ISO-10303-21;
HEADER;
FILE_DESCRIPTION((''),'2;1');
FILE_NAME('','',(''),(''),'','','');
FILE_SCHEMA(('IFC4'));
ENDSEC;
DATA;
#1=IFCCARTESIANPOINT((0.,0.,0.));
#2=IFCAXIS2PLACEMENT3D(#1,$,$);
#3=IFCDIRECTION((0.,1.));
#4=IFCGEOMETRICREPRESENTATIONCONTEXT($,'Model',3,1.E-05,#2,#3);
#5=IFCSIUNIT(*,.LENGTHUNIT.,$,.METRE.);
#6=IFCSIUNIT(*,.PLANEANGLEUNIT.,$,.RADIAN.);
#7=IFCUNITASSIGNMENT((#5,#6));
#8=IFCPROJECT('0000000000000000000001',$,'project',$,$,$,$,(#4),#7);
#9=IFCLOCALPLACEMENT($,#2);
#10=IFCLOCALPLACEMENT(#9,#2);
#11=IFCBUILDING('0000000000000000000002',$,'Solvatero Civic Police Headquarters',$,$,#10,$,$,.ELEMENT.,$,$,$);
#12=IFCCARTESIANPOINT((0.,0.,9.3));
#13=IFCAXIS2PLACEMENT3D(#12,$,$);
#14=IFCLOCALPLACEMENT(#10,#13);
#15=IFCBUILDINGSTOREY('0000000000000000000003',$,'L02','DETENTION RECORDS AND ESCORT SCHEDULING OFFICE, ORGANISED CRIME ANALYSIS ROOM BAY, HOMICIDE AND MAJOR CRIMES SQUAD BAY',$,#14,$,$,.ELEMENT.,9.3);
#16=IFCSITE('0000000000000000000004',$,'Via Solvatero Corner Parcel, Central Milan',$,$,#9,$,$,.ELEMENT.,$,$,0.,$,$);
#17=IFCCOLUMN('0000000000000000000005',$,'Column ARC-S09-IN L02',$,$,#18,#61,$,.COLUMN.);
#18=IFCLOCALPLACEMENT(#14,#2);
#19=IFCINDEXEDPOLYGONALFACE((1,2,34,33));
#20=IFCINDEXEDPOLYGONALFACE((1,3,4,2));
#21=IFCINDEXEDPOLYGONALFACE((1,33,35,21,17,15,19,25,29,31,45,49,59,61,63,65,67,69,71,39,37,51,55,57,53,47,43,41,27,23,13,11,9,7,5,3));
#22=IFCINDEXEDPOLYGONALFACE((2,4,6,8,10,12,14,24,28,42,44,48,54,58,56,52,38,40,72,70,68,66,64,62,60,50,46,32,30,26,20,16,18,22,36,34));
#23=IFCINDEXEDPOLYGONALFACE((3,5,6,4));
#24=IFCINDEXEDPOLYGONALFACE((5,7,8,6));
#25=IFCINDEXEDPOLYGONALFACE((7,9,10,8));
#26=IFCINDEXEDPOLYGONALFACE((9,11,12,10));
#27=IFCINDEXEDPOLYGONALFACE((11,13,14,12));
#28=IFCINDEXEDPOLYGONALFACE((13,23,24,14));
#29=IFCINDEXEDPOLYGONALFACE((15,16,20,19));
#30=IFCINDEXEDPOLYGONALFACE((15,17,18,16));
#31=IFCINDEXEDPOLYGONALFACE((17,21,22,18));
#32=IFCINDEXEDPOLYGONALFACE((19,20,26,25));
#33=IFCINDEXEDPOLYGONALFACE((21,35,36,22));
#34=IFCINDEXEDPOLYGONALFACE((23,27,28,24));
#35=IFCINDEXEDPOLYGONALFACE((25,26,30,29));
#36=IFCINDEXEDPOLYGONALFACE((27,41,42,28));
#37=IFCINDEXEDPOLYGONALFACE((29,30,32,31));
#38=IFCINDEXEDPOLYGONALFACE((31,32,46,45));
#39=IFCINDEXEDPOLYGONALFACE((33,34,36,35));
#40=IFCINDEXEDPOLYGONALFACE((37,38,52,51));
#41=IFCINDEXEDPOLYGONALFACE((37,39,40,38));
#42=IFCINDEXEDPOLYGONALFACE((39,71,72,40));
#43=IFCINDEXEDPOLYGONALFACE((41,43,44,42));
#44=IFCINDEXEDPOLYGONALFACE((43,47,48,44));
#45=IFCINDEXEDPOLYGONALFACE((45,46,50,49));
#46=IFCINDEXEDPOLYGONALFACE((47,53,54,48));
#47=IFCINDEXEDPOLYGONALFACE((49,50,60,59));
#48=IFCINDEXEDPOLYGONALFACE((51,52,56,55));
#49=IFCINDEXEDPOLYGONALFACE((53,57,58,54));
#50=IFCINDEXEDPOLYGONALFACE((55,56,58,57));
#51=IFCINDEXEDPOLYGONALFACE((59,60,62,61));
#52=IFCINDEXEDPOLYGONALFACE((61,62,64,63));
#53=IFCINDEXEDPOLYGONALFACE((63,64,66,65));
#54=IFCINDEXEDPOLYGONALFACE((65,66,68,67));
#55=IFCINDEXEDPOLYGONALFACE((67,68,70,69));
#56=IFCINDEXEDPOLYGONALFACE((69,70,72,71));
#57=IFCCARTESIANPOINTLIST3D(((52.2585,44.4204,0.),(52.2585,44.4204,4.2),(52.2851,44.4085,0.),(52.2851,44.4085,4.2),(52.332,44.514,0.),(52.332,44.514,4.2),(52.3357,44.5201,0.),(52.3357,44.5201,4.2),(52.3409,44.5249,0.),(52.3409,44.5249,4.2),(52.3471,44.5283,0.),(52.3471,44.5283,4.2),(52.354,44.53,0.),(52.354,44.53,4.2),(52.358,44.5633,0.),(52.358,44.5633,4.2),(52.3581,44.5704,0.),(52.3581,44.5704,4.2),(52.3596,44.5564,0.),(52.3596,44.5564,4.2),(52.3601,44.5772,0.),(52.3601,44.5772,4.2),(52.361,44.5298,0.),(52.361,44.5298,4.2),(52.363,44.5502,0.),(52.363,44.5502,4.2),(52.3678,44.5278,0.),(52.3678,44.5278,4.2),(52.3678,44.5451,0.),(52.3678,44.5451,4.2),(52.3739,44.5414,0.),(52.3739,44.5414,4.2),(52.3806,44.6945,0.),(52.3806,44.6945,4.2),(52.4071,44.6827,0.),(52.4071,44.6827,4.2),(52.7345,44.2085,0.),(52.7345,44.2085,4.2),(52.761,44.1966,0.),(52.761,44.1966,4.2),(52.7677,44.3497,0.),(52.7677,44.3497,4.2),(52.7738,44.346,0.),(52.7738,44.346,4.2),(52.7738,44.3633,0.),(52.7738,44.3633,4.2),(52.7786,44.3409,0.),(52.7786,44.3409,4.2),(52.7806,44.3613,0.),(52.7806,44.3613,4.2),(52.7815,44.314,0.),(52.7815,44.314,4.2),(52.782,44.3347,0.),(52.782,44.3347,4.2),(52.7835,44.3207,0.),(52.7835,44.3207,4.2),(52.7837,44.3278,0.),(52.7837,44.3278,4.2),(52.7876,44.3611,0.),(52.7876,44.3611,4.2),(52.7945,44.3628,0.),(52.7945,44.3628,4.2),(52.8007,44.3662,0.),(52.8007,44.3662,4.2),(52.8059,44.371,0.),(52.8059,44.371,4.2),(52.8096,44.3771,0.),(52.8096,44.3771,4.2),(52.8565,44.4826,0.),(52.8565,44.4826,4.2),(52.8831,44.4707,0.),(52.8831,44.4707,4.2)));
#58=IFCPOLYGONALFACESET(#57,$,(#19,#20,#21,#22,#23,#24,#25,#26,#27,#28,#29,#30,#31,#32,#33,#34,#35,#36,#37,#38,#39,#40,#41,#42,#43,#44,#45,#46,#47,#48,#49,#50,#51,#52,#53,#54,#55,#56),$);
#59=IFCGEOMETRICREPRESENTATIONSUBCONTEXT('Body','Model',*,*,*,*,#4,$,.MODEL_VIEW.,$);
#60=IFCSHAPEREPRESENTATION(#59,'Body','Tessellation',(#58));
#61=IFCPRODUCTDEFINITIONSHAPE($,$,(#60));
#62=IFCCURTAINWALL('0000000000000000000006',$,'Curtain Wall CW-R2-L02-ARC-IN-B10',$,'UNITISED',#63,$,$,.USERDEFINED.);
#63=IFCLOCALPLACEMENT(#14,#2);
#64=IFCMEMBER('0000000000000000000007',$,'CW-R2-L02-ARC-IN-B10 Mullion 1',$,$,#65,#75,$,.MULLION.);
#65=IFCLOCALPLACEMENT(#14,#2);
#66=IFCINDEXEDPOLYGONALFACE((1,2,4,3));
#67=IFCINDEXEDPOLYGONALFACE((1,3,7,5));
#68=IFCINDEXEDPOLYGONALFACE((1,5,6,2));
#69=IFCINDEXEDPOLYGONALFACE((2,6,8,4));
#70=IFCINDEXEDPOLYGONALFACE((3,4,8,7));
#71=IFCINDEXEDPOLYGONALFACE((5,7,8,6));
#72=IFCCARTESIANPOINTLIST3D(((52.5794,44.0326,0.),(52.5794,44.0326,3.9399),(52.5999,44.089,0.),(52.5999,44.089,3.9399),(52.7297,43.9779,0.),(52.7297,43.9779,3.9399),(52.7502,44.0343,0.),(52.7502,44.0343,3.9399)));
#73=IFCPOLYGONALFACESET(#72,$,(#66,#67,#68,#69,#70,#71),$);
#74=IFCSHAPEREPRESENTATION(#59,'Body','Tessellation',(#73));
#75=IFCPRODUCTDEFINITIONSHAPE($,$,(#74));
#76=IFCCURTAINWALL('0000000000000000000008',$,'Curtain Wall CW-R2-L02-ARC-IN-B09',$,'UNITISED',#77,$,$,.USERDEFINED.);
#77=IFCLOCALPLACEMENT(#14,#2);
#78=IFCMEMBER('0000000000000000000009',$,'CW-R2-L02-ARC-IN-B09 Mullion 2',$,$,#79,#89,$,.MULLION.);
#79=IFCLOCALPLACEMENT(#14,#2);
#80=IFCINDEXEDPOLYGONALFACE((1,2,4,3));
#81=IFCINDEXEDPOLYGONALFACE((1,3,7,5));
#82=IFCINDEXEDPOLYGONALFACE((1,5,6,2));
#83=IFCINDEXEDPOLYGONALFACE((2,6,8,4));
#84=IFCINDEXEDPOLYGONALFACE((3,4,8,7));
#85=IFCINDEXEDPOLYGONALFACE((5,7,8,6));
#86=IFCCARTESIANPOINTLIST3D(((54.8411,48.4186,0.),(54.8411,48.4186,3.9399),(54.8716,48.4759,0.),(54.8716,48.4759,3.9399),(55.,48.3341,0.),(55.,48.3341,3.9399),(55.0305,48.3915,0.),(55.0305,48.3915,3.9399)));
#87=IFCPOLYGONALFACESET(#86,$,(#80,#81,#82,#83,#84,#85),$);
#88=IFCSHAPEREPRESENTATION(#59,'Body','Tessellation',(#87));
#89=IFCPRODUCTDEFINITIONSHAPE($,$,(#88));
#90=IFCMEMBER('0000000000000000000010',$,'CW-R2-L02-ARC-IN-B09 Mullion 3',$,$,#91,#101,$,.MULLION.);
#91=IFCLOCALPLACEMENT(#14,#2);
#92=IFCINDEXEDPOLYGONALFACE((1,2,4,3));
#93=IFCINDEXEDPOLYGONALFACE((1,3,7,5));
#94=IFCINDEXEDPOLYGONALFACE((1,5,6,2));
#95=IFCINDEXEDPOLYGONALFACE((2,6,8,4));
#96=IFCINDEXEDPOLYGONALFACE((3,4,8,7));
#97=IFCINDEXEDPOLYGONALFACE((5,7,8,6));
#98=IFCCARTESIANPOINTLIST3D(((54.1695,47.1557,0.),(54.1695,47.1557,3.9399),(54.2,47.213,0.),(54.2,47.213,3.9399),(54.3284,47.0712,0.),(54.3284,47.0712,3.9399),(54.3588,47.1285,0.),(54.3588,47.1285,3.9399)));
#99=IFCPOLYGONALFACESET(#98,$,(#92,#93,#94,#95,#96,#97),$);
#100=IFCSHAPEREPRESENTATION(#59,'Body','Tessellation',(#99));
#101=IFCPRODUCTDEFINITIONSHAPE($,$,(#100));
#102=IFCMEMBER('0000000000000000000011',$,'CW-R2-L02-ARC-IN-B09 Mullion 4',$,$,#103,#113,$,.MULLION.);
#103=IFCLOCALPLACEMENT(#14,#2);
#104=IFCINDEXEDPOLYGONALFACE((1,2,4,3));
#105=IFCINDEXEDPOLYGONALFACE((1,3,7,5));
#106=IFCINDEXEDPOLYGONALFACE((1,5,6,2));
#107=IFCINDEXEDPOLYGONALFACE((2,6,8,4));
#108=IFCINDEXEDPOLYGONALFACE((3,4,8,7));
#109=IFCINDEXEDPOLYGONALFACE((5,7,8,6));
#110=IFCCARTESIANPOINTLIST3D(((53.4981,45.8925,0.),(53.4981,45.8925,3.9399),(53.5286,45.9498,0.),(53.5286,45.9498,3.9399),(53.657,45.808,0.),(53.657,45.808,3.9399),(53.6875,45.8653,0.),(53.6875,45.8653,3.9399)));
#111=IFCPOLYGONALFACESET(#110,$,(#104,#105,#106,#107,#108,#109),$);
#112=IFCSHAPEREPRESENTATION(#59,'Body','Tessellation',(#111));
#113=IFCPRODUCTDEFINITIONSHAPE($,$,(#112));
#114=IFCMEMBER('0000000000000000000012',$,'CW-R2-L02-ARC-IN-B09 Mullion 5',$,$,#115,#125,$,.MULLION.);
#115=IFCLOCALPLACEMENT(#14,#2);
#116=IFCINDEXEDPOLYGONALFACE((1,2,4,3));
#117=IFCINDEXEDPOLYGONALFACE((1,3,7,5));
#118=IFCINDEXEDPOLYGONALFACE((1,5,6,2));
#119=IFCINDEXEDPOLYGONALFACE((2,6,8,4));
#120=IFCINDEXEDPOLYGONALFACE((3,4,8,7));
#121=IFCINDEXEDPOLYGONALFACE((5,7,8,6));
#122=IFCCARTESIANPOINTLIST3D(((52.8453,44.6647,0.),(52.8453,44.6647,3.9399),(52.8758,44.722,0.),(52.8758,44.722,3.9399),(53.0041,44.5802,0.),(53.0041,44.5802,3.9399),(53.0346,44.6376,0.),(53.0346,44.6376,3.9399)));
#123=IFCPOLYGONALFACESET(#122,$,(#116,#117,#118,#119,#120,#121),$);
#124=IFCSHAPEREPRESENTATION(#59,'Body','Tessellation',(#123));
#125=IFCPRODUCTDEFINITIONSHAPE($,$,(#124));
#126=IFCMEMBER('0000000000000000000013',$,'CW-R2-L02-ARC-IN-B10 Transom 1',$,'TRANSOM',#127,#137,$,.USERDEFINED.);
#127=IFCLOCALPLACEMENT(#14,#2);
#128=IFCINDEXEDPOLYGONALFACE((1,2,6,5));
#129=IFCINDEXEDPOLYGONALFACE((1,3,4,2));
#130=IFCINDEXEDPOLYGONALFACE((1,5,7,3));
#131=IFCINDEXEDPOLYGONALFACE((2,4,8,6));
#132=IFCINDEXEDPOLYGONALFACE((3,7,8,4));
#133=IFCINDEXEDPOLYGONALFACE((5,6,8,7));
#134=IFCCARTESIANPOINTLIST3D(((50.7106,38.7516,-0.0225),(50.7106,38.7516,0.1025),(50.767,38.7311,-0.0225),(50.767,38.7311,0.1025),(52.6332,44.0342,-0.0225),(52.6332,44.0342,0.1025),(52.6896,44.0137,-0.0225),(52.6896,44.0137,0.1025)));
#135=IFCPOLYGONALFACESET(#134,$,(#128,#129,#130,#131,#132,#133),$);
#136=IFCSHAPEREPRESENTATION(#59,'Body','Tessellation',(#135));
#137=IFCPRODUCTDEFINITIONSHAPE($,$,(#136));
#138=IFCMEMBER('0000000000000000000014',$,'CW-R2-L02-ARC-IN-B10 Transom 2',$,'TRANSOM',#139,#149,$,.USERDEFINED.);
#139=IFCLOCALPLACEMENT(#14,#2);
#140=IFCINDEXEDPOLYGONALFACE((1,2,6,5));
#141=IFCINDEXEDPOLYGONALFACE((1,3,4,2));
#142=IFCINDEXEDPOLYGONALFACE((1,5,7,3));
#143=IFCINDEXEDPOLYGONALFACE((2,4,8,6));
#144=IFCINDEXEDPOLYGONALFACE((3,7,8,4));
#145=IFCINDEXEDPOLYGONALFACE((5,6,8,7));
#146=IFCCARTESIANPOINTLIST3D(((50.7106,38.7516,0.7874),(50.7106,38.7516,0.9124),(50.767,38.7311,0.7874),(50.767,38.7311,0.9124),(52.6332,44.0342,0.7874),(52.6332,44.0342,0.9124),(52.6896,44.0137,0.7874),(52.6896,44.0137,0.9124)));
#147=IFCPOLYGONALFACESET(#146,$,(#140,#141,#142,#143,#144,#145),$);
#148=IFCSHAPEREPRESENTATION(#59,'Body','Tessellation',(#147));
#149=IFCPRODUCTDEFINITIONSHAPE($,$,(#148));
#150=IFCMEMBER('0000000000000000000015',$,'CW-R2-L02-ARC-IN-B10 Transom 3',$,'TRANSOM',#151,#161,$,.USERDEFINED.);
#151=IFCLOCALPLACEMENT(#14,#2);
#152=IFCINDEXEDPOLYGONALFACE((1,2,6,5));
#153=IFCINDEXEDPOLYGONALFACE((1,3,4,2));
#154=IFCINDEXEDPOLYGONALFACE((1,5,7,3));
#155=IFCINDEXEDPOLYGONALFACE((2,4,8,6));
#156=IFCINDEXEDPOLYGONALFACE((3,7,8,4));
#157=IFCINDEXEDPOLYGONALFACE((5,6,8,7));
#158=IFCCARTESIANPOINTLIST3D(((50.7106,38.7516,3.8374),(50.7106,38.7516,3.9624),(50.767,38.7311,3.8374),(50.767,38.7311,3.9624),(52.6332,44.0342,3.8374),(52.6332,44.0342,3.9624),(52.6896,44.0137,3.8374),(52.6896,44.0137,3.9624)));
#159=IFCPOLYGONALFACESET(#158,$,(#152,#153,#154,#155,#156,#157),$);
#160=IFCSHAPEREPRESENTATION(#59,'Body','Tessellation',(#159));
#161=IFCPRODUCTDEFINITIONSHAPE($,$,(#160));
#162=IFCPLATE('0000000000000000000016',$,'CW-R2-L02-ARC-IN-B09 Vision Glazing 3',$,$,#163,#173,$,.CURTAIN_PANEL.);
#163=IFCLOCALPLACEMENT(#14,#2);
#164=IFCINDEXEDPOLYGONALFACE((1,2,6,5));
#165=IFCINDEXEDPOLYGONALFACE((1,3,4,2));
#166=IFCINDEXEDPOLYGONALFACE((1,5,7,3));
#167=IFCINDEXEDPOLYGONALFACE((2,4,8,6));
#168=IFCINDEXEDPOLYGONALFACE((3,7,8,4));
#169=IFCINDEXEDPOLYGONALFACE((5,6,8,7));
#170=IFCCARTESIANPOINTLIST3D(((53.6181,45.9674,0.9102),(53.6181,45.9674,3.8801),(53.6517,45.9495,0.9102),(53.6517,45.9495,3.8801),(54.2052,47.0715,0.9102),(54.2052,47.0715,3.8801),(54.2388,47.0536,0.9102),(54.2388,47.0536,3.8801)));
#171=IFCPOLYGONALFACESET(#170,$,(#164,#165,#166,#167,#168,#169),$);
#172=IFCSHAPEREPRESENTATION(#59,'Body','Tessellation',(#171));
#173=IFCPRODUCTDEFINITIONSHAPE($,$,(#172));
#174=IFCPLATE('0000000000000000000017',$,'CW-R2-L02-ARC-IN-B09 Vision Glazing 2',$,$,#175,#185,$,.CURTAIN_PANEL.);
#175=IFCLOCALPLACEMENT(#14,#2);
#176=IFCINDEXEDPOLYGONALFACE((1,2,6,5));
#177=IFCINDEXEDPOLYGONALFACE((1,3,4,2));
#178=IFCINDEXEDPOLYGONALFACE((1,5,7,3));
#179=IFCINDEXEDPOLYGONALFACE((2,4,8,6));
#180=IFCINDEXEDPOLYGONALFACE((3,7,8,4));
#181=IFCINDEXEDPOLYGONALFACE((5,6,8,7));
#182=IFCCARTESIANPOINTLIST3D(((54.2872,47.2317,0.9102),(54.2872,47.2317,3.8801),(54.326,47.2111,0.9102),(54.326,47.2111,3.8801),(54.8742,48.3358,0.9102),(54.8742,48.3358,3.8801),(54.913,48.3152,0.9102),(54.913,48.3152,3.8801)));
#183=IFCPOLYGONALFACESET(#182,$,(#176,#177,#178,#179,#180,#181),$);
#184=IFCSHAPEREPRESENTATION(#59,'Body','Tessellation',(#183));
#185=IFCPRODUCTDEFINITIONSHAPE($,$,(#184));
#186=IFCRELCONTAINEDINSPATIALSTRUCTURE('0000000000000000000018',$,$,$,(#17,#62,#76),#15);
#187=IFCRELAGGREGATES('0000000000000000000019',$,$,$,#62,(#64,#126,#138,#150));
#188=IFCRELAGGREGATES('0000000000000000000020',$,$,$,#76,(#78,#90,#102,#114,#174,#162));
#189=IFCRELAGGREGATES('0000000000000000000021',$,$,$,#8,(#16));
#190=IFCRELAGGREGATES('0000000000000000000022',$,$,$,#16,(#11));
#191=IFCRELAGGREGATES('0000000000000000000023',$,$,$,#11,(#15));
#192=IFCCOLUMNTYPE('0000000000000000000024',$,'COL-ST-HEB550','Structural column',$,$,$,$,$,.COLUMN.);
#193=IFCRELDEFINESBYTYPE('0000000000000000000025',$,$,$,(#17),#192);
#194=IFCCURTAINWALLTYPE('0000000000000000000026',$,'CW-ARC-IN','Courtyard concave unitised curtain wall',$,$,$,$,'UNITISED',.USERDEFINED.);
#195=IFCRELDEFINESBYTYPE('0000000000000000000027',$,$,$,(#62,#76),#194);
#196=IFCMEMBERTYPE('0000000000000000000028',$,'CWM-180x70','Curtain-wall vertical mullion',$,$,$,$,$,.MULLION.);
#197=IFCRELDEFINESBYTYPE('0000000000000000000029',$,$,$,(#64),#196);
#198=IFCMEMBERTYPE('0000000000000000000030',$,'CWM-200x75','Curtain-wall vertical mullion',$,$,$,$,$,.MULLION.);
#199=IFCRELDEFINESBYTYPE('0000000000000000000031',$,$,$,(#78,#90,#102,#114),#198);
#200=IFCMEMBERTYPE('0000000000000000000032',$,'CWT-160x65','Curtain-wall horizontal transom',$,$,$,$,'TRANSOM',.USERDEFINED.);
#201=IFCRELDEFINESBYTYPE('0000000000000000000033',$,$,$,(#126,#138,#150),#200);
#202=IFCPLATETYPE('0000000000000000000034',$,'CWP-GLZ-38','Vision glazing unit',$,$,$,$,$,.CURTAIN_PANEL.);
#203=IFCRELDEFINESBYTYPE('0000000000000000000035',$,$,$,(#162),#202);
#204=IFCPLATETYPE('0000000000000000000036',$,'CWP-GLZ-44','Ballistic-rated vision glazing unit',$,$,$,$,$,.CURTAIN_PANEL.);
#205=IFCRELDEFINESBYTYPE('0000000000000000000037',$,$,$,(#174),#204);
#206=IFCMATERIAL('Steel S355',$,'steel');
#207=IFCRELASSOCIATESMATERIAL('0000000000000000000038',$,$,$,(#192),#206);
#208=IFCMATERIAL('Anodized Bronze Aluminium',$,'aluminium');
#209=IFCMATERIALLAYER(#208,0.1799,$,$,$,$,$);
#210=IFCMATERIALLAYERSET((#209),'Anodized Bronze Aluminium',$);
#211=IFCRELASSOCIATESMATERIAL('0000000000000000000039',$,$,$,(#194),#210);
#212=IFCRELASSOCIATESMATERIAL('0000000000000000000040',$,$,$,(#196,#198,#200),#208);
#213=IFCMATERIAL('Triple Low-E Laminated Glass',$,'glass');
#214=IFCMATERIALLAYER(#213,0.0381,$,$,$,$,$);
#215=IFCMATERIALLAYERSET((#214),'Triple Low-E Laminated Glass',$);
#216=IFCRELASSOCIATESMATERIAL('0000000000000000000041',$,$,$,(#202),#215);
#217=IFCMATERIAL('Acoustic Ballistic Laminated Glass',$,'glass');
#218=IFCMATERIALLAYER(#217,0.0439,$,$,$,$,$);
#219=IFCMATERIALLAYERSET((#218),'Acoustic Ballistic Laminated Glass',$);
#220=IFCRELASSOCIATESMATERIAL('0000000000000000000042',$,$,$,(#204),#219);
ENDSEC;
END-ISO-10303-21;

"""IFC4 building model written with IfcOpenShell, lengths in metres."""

from ifc_helpers import new_model, si_unit, direction, frame, origin, origin_2d, place, context, subcontext, project, spatial, rectangle, i_section, extrude, material, layer, layer_set, material_profile, profile_set, type_object, element, aggregate, save


model = new_model("IFC4")

# Units and contexts
model_context = context("Model", 3, precision=1e-05, world=origin(), true_north=direction((0.0, 1.0)))
body_context = subcontext(model_context, "Body", "Model", "MODEL_VIEW")
ifc_project = project(units=[si_unit("LENGTHUNIT", "METRE"), si_unit("PLANEANGLEUNIT", "RADIAN")], contexts=[model_context])

# Site, building, storey
site_placement = place(None, origin())
site = spatial("IfcSite", under=ifc_project, at=site_placement, Name="Via Solvatero Corner Parcel, Central Milan", CompositionType="ELEMENT", RefElevation=0.0)
building_placement = place(site_placement, origin())
building = spatial("IfcBuilding", under=site, at=building_placement, Name="Solvatero Civic Police Headquarters", CompositionType="ELEMENT")
storey_placement = place(building_placement, frame((0.0, 0.0, 9.3)))
storey = spatial("IfcBuildingStorey", under=building, at=storey_placement, Name="L02", Description="DETENTION RECORDS AND ESCORT SCHEDULING OFFICE, ORGANISED CRIME ANALYSIS ROOM BAY, HOMICIDE AND MAJOR CRIMES SQUAD BAY", CompositionType="ELEMENT", Elevation=9.3)

# Column
ifc_material_1 = material(Name="Steel S355", Category="steel")
ifc_material_profile_1 = material_profile(ifc_material_1, i_section(OverallWidth=0.3, OverallDepth=0.55, WebThickness=0.0149, FlangeThickness=0.0291, FilletRadius=0.0271, at=origin_2d()), Name="HEB 550")
ifc_profile_set_1 = profile_set([ifc_material_profile_1], Name="Steel S355")
column_type = type_object("IfcColumnType", Name="COL-ST-HEB550", Description="Structural column", PredefinedType="COLUMN", material=ifc_profile_set_1)
column_placement = place(storey_placement, frame((52.5708, 44.4456, 0.0), z_axis=(0.0, 0.0, 1.0), x_axis=(0.406737, 0.913545, 0.0)))
element("IfcColumn", 1, at=column_placement, inside=storey, type_object=column_type, Name="Column ARC-S09-IN L02", PredefinedType="COLUMN", context=body_context, shape_type="SweptSolid", body=[
    extrude(i_section(OverallWidth=0.3, OverallDepth=0.55, WebThickness=0.0149, FlangeThickness=0.0291, FilletRadius=0.0271, at=origin_2d()), origin(), (0.0, 0.0, 1.0), 4.2),
])

# Curtain wall, member
ifc_material_2 = material(Name="Anodized Bronze Aluminium", Category="aluminium")
ifc_layer_1 = layer(ifc_material_2, 0.1799)
ifc_layer_set_1 = layer_set([ifc_layer_1], Name="Anodized Bronze Aluminium")
curtain_wall_type = type_object("IfcCurtainWallType", Name="CW-ARC-IN", Description="Courtyard concave unitised curtain wall", ElementType="UNITISED", PredefinedType="USERDEFINED", material=ifc_layer_set_1)
curtain_wall_1_placement = place(storey_placement, origin())
curtain_wall_1 = element("IfcCurtainWall", 2, at=curtain_wall_1_placement, inside=storey, type_object=curtain_wall_type, Name="Curtain Wall CW-R2-L02-ARC-IN-B10", ObjectType="UNITISED", PredefinedType="USERDEFINED")
ifc_material_profile_2 = material_profile(ifc_material_2, rectangle(XDim=0.0601, YDim=0.1599, at=origin_2d()), Name="ALU MULLION 60x160")
ifc_profile_set_2 = profile_set([ifc_material_profile_2], Name="Anodized Bronze Aluminium")
member_type_1 = type_object("IfcMemberType", Name="CWM-180x70", Description="Curtain-wall vertical mullion", PredefinedType="MULLION", material=ifc_profile_set_2)
member_1_placement = place(storey_placement, frame((52.6648, 44.0334, 0.0), z_axis=(0.0, 0.0, 1.0), x_axis=(-0.342004, -0.939699, 0.0)))
member_1 = element("IfcMember", 3, at=member_1_placement, type_object=member_type_1, Name="CW-R2-L02-ARC-IN-B10 Mullion 1", PredefinedType="MULLION", context=body_context, shape_type="SweptSolid", body=[
    extrude(rectangle(XDim=0.0601, YDim=0.1599, at=origin_2d()), origin(), (0.0, 0.0, 1.0), 3.9399),
])

# Curtain wall, members
curtain_wall_2_placement = place(storey_placement, origin())
curtain_wall_2 = element("IfcCurtainWall", 4, at=curtain_wall_2_placement, inside=storey, type_object=curtain_wall_type, Name="Curtain Wall CW-R2-L02-ARC-IN-B09", ObjectType="UNITISED", PredefinedType="USERDEFINED")
ifc_material_profile_3 = material_profile(ifc_material_2, rectangle(XDim=0.0649, YDim=0.1799, at=origin_2d()), Name="ALU MULLION 65x180")
ifc_profile_set_3 = profile_set([ifc_material_profile_3], Name="Anodized Bronze Aluminium")
member_type_2 = type_object("IfcMemberType", Name="CWM-200x75", Description="Curtain-wall vertical mullion", PredefinedType="MULLION", material=ifc_profile_set_3)
member_2_placement = place(storey_placement, frame((54.9358, 48.405, 0.0), z_axis=(0.0, 0.0, 1.0), x_axis=(-0.469472, -0.882948, 0.0)))
member_2 = element("IfcMember", 5, at=member_2_placement, type_object=member_type_2, Name="CW-R2-L02-ARC-IN-B09 Mullion 2", PredefinedType="MULLION", context=body_context, shape_type="SweptSolid", body=[
    extrude(rectangle(XDim=0.0649, YDim=0.1799, at=origin_2d()), origin(), (0.0, 0.0, 1.0), 3.9399),
])
member_3_placement = place(storey_placement, frame((54.2642, 47.1421, 0.0), z_axis=(0.0, 0.0, 1.0), x_axis=(-0.469472, -0.882948, 0.0)))
member_3 = element("IfcMember", 6, at=member_3_placement, type_object=member_type_2, Name="CW-R2-L02-ARC-IN-B09 Mullion 3", PredefinedType="MULLION", context=body_context, shape_type="SweptSolid", body=[
    extrude(rectangle(XDim=0.0649, YDim=0.1799, at=origin_2d()), origin(), (0.0, 0.0, 1.0), 3.9399),
])
member_4_placement = place(storey_placement, frame((53.5928, 45.8789, 0.0), z_axis=(0.0, 0.0, 1.0), x_axis=(-0.469472, -0.882948, 0.0)))
member_4 = element("IfcMember", 7, at=member_4_placement, type_object=member_type_2, Name="CW-R2-L02-ARC-IN-B09 Mullion 4", PredefinedType="MULLION", context=body_context, shape_type="SweptSolid", body=[
    extrude(rectangle(XDim=0.0649, YDim=0.1799, at=origin_2d()), origin(), (0.0, 0.0, 1.0), 3.9399),
])
member_5_placement = place(storey_placement, frame((52.9399, 44.6511, 0.0), z_axis=(0.0, 0.0, 1.0), x_axis=(-0.469472, -0.882948, 0.0)))
member_5 = element("IfcMember", 8, at=member_5_placement, type_object=member_type_2, Name="CW-R2-L02-ARC-IN-B09 Mullion 5", PredefinedType="MULLION", context=body_context, shape_type="SweptSolid", body=[
    extrude(rectangle(XDim=0.0649, YDim=0.1799, at=origin_2d()), origin(), (0.0, 0.0, 1.0), 3.9399),
])

# Members
ifc_material_profile_4 = material_profile(ifc_material_2, rectangle(XDim=0.0601, YDim=0.125, at=origin_2d()), Name="ALU TRANSOM 60x125")
ifc_profile_set_4 = profile_set([ifc_material_profile_4], Name="Anodized Bronze Aluminium")
member_type_3 = type_object("IfcMemberType", Name="CWT-160x65", Description="Curtain-wall horizontal transom", ElementType="TRANSOM", PredefinedType="USERDEFINED", material=ifc_profile_set_4)
member_6_placement = place(storey_placement, frame((52.6614, 44.0239, 0.04), z_axis=(-0.341998, -0.939701, 0.0), x_axis=(0.939701, -0.341998, 0.0)))
member_6 = element("IfcMember", 9, at=member_6_placement, type_object=member_type_3, Name="CW-R2-L02-ARC-IN-B10 Transom 1", ObjectType="TRANSOM", PredefinedType="USERDEFINED", context=body_context, shape_type="SweptSolid", body=[
    extrude(rectangle(XDim=0.0601, YDim=0.125, at=origin_2d()), origin(), (0.0, 0.0, 1.0), 5.6216),
])
member_7_placement = place(storey_placement, frame((52.6614, 44.0239, 0.8499), z_axis=(-0.341998, -0.939701, 0.0), x_axis=(0.939701, -0.341998, 0.0)))
member_7 = element("IfcMember", 10, at=member_7_placement, type_object=member_type_3, Name="CW-R2-L02-ARC-IN-B10 Transom 2", ObjectType="TRANSOM", PredefinedType="USERDEFINED", context=body_context, shape_type="SweptSolid", body=[
    extrude(rectangle(XDim=0.0601, YDim=0.125, at=origin_2d()), origin(), (0.0, 0.0, 1.0), 5.6216),
])
member_8_placement = place(storey_placement, frame((52.6614, 44.0239, 3.8999), z_axis=(-0.341998, -0.939701, 0.0), x_axis=(0.939701, -0.341998, 0.0)))
member_8 = element("IfcMember", 11, at=member_8_placement, type_object=member_type_3, Name="CW-R2-L02-ARC-IN-B10 Transom 3", ObjectType="TRANSOM", PredefinedType="USERDEFINED", context=body_context, shape_type="SweptSolid", body=[
    extrude(rectangle(XDim=0.0601, YDim=0.125, at=origin_2d()), origin(), (0.0, 0.0, 1.0), 5.6216),
])
aggregate(curtain_wall_1, [member_1, member_6, member_7, member_8])

# Plates
ifc_material_3 = material(Name="Triple Low-E Laminated Glass", Category="glass")
ifc_layer_2 = layer(ifc_material_3, 0.0381)
ifc_layer_set_2 = layer_set([ifc_layer_2], Name="Triple Low-E Laminated Glass")
plate_type_1 = type_object("IfcPlateType", Name="CWP-GLZ-38", Description="Vision glazing unit", PredefinedType="CURTAIN_PANEL", material=ifc_layer_set_2)
plate_1_placement = place(storey_placement, frame((53.9285, 46.5105, 0.9102), z_axis=(0.0, 0.0, 1.0), x_axis=(-0.469472, -0.882948, 0.0)))
plate_1 = element("IfcPlate", 12, at=plate_1_placement, type_object=plate_type_1, Name="CW-R2-L02-ARC-IN-B09 Vision Glazing 3", PredefinedType="CURTAIN_PANEL", context=body_context, shape_type="SweptSolid", body=[
    extrude(rectangle(XDim=1.2505, YDim=0.0381, at=origin_2d()), origin(), (0.0, 0.0, 1.0), 2.97),
])
ifc_material_4 = material(Name="Acoustic Ballistic Laminated Glass", Category="glass")
ifc_layer_3 = layer(ifc_material_4, 0.0439)
ifc_layer_set_3 = layer_set([ifc_layer_3], Name="Acoustic Ballistic Laminated Glass")
plate_type_2 = type_object("IfcPlateType", Name="CWP-GLZ-44", Description="Ballistic-rated vision glazing unit", PredefinedType="CURTAIN_PANEL", material=ifc_layer_set_3)
plate_2_placement = place(storey_placement, frame((54.6001, 47.7734, 0.9102), z_axis=(0.0, 0.0, 1.0), x_axis=(-0.469472, -0.882948, 0.0)))
plate_2 = element("IfcPlate", 13, at=plate_2_placement, type_object=plate_type_2, Name="CW-R2-L02-ARC-IN-B09 Vision Glazing 2", PredefinedType="CURTAIN_PANEL", context=body_context, shape_type="SweptSolid", body=[
    extrude(rectangle(XDim=1.2505, YDim=0.0439, at=origin_2d()), origin(), (0.0, 0.0, 1.0), 2.97),
])
aggregate(curtain_wall_2, [member_2, member_3, member_4, member_5, plate_2, plate_1])

save(model, "model.ifc")
